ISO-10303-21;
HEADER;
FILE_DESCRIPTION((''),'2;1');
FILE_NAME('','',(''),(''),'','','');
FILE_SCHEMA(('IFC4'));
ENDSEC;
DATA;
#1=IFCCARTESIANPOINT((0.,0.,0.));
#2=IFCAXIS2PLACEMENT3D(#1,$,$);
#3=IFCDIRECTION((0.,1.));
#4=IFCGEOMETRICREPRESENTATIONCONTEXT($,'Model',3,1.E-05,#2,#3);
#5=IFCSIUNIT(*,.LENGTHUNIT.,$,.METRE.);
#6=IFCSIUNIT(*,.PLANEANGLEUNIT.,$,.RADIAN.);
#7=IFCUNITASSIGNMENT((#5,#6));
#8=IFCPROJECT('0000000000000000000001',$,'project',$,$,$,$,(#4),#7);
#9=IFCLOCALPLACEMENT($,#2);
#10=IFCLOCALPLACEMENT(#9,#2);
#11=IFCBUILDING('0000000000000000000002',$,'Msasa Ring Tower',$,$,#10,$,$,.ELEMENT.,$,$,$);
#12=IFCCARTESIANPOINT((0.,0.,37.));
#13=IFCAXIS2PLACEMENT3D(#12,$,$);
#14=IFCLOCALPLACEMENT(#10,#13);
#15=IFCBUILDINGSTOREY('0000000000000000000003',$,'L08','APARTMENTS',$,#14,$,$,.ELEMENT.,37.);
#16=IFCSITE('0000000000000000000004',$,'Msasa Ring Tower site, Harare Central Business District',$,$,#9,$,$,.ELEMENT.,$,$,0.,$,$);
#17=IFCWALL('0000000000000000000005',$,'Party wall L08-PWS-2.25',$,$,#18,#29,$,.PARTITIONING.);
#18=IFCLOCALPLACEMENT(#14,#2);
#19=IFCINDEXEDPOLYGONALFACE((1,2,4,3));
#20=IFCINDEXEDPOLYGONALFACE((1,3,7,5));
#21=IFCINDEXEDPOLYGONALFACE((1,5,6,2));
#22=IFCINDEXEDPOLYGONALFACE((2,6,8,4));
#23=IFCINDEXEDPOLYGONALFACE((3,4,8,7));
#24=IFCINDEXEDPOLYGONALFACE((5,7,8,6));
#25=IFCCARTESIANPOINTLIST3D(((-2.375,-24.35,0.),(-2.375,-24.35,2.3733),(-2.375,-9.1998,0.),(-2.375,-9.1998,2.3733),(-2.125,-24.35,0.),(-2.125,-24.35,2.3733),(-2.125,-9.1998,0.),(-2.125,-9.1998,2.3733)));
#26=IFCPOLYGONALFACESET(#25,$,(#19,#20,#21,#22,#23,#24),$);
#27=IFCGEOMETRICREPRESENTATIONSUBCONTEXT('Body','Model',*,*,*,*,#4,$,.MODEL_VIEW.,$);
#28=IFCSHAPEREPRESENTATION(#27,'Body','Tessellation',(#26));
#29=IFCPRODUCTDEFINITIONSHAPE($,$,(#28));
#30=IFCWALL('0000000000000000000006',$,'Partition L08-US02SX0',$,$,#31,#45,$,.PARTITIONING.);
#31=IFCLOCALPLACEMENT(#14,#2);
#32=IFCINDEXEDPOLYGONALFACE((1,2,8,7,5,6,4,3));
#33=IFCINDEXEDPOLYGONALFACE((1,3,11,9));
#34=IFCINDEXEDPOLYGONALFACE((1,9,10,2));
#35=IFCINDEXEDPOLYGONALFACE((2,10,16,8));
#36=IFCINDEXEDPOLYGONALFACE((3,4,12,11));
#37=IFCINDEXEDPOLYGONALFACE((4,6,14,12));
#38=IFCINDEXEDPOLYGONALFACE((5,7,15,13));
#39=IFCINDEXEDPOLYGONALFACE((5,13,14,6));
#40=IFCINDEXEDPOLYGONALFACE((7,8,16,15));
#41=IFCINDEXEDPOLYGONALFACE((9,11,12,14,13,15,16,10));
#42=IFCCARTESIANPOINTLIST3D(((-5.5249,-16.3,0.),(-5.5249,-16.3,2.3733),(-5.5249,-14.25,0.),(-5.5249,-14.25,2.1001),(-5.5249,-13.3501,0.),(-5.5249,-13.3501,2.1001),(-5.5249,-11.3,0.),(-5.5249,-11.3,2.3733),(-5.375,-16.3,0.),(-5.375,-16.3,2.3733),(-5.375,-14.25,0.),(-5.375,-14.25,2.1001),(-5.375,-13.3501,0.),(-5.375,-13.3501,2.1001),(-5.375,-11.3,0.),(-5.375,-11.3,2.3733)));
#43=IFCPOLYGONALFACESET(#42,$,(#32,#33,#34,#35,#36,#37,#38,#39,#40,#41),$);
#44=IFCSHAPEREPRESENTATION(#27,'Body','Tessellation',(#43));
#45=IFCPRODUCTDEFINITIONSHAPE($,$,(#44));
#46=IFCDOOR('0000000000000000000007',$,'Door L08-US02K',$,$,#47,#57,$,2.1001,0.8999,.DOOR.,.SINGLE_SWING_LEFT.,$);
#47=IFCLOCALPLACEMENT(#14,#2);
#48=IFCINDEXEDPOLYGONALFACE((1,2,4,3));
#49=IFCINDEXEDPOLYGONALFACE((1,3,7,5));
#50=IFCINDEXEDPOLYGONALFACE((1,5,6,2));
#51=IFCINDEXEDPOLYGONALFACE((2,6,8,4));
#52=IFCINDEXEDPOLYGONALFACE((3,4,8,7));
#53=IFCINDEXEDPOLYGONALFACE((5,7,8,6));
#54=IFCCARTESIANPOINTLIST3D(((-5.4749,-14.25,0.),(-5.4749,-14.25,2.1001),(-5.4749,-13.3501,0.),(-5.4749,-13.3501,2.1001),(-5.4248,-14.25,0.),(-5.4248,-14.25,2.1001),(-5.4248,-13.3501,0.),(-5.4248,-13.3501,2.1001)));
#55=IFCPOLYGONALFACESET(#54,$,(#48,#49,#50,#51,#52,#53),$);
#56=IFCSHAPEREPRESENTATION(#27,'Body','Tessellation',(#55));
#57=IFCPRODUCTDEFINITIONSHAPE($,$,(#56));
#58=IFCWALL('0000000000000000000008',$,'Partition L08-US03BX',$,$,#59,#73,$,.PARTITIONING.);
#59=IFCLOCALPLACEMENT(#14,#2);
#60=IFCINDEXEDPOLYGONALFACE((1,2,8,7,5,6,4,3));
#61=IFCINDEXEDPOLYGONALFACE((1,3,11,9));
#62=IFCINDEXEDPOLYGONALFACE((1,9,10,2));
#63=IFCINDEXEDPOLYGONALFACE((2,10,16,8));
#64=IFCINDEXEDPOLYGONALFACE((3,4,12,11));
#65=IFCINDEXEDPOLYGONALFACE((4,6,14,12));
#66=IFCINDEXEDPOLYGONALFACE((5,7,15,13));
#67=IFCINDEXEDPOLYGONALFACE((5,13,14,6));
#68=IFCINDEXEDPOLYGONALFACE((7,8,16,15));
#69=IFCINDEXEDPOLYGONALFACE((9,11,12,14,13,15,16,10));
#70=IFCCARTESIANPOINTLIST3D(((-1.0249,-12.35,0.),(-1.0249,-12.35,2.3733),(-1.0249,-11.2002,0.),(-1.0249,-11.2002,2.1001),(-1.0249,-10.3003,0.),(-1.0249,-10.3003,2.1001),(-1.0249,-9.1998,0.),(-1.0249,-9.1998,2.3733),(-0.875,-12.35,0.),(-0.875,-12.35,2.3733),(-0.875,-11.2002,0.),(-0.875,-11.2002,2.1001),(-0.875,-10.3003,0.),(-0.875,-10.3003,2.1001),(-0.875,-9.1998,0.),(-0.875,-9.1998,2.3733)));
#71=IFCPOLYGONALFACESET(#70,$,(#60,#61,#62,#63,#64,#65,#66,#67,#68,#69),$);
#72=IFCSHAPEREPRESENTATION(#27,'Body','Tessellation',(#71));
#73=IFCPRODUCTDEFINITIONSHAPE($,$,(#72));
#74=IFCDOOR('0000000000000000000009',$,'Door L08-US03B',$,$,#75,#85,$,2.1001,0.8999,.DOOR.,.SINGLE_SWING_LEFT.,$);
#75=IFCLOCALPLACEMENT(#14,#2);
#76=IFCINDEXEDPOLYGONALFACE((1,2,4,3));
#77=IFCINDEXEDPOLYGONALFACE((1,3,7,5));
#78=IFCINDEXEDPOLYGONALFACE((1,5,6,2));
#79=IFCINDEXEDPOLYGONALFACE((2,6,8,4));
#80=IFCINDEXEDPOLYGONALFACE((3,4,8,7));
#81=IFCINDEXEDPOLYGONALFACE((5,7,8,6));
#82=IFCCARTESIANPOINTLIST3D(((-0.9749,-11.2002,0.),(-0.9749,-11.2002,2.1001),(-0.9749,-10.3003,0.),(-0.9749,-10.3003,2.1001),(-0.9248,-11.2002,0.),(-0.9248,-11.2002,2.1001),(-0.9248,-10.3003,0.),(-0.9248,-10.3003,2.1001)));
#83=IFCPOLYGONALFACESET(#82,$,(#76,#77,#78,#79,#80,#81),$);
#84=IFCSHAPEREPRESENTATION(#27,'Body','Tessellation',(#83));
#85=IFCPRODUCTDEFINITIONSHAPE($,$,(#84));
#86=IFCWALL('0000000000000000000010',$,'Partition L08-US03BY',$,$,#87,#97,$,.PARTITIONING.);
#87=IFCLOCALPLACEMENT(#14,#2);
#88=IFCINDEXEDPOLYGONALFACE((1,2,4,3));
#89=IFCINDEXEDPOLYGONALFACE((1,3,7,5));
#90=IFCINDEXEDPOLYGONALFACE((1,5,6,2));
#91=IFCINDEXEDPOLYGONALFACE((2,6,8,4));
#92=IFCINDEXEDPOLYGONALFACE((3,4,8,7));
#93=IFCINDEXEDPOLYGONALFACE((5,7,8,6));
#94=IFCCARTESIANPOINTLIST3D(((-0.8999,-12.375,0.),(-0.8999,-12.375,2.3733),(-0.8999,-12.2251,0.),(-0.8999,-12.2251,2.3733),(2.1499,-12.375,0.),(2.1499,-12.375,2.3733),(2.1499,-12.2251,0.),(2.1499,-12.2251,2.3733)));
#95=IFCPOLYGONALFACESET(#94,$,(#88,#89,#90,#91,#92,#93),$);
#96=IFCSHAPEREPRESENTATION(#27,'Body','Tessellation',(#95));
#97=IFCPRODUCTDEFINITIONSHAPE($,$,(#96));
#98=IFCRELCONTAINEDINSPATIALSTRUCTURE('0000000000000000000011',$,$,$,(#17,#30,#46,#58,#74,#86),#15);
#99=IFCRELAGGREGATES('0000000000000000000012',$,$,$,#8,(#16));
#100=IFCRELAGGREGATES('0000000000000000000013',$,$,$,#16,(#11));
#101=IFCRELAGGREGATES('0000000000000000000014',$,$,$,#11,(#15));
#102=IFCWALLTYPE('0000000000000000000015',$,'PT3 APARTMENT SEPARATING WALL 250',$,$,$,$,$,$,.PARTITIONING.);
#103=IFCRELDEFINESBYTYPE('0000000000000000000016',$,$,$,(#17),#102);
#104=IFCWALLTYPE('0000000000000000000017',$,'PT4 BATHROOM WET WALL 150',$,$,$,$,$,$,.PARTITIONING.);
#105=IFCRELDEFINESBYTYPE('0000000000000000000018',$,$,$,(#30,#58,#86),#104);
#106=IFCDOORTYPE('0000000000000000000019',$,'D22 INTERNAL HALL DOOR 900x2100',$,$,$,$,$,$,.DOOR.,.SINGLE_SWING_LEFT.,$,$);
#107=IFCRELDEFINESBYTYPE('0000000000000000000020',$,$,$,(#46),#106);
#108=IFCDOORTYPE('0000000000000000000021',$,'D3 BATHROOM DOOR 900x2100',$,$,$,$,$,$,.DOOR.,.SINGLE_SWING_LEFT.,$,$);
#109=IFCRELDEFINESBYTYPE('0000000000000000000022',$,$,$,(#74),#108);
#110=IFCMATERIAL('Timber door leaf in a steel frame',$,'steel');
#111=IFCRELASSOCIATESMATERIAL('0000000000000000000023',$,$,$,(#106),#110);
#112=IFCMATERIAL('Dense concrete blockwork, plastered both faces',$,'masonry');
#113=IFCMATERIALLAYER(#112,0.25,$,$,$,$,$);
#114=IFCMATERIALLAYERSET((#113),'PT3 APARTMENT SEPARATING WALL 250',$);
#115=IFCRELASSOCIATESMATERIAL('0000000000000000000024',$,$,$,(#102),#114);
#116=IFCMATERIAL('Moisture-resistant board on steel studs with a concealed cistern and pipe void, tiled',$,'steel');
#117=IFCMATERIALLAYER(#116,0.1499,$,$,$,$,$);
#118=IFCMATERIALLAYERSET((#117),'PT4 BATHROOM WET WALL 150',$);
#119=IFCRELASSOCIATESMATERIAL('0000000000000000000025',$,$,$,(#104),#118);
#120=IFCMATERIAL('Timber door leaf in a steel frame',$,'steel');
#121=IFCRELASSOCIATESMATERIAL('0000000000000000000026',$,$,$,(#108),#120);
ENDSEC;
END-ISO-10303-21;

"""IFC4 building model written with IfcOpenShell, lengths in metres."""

from ifc_helpers import new_model, si_unit, direction, frame, frame_2d, origin, place, context, subcontext, project, spatial, rectangle, extrude, material, layer, layer_set, type_object, element, fill, save


model = new_model("IFC4")

# Units and contexts
model_context = context("Model", 3, precision=1e-05, world=origin(), true_north=direction((0.0, 1.0)))
body_context = subcontext(model_context, "Body", "Model", "MODEL_VIEW")
ifc_project = project(units=[si_unit("LENGTHUNIT", "METRE"), si_unit("PLANEANGLEUNIT", "RADIAN")], contexts=[model_context])

# Site, building, storey
site_placement = place(None, origin())
site = spatial("IfcSite", under=ifc_project, at=site_placement, Name="Msasa Ring Tower site, Harare Central Business District", CompositionType="ELEMENT", RefElevation=0.0)
building_placement = place(site_placement, origin())
building = spatial("IfcBuilding", under=site, at=building_placement, Name="Msasa Ring Tower", CompositionType="ELEMENT")
storey_placement = place(building_placement, frame((0.0, 0.0, 37.0)))
storey = spatial("IfcBuildingStorey", under=building, at=storey_placement, Name="L08", Description="APARTMENTS", CompositionType="ELEMENT", Elevation=37.0)

# Shared definitions
ifc_material_1 = material(Name="Timber door leaf in a steel frame", Category="steel")
door_type_1 = type_object("IfcDoorType", Name="D22 INTERNAL HALL DOOR 900x2100", OperationType="SINGLE_SWING_LEFT", PredefinedType="DOOR", material=ifc_material_1)

# Wall
ifc_material_2 = material(Name="Dense concrete blockwork, plastered both faces", Category="masonry")
ifc_layer_1 = layer(ifc_material_2, 0.25)
ifc_layer_set_1 = layer_set([ifc_layer_1], Name="PT3 APARTMENT SEPARATING WALL 250")
wall_type_1 = type_object("IfcWallType", Name="PT3 APARTMENT SEPARATING WALL 250", PredefinedType="PARTITIONING", material=ifc_layer_set_1)
wall_1_placement = place(storey_placement, frame((-2.25, -24.3501, 0.0), z_axis=(0.0, 0.0, 1.0), x_axis=(0.0, 1.0, 0.0)))
element("IfcWall", 1, at=wall_1_placement, inside=storey, type_object=wall_type_1, Name="Party wall L08-PWS-2.25", PredefinedType="PARTITIONING", context=body_context, shape_type="SweptSolid", body=[
    extrude(rectangle(XDim=15.1501, YDim=0.25, at=frame_2d((7.5752, 0.0))), origin(), (0.0, 0.0, 1.0), 2.3733),
])

# Walls, openings, doors
ifc_material_3 = material(Name="Moisture-resistant board on steel studs with a concealed cistern and pipe void, tiled", Category="steel")
ifc_layer_2 = layer(ifc_material_3, 0.1499)
ifc_layer_set_2 = layer_set([ifc_layer_2], Name="PT4 BATHROOM WET WALL 150")
wall_type_2 = type_object("IfcWallType", Name="PT4 BATHROOM WET WALL 150", PredefinedType="PARTITIONING", material=ifc_layer_set_2)
wall_2_placement = place(storey_placement, frame((-5.45, -16.3, 0.0), z_axis=(0.0, 0.0, 1.0), x_axis=(0.0, 1.0, 0.0)))
wall_2 = element("IfcWall", 2, at=wall_2_placement, inside=storey, type_object=wall_type_2, Name="Partition L08-US02SX0", PredefinedType="PARTITIONING", context=body_context, shape_type="SweptSolid", body=[
    extrude(rectangle(XDim=5.0, YDim=0.1499, at=frame_2d((2.5, 0.0))), origin(), (0.0, 0.0, 1.0), 2.3733),
])
opening_1_placement = place(wall_2_placement, frame((2.05, 0.0, 0.0)))
opening_1 = element("IfcOpeningElement", 3, at=opening_1_placement, cuts=wall_2, PredefinedType="OPENING", context=body_context, shape_type="SweptSolid", body=[
    extrude(rectangle(XDim=0.8999, YDim=2.1001, at=frame_2d((0.45, 1.05))), frame((0.0, 0.085, 0.0), z_axis=(0.0, -1.0, 0.0), x_axis=(1.0, 0.0, 0.0)), (0.0, 0.0, 1.0), 0.1699),
])
door_1_placement = place(opening_1_placement, origin())
door_1 = element("IfcDoor", 4, at=door_1_placement, inside=storey, type_object=door_type_1, Name="Door L08-US02K", OperationType="SINGLE_SWING_LEFT", OverallHeight=2.1001, OverallWidth=0.8999, PredefinedType="DOOR", context=body_context, shape_type="SweptSolid", body=[
    extrude(rectangle(XDim=0.8999, YDim=2.1001, at=frame_2d((0.45, 1.05))), frame((0.0, 0.0249, 0.0), z_axis=(0.0, -1.0, 0.0), x_axis=(1.0, 0.0, 0.0)), (0.0, 0.0, 1.0), 0.05),
])
fill(opening_1, door_1)
wall_3_placement = place(storey_placement, frame((-0.95, -12.3501, 0.0), z_axis=(0.0, 0.0, 1.0), x_axis=(0.0, 1.0, 0.0)))
wall_3 = element("IfcWall", 5, at=wall_3_placement, inside=storey, type_object=wall_type_2, Name="Partition L08-US03BX", PredefinedType="PARTITIONING", context=body_context, shape_type="SweptSolid", body=[
    extrude(rectangle(XDim=3.1501, YDim=0.1499, at=frame_2d((1.5752, 0.0))), origin(), (0.0, 0.0, 1.0), 2.3733),
])
opening_2_placement = place(wall_3_placement, frame((1.1499, 0.0, 0.0)))
opening_2 = element("IfcOpeningElement", 6, at=opening_2_placement, cuts=wall_3, PredefinedType="OPENING", context=body_context, shape_type="SweptSolid", body=[
    extrude(rectangle(XDim=0.8999, YDim=2.1001, at=frame_2d((0.45, 1.05))), frame((0.0, 0.085, 0.0), z_axis=(0.0, -1.0, 0.0), x_axis=(1.0, 0.0, 0.0)), (0.0, 0.0, 1.0), 0.1699),
])
ifc_material_4 = material(Name="Timber door leaf in a steel frame", Category="steel")
door_type_2 = type_object("IfcDoorType", Name="D3 BATHROOM DOOR 900x2100", OperationType="SINGLE_SWING_LEFT", PredefinedType="DOOR", material=ifc_material_4)
door_2_placement = place(opening_2_placement, origin())
door_2 = element("IfcDoor", 7, at=door_2_placement, inside=storey, type_object=door_type_2, Name="Door L08-US03B", OperationType="SINGLE_SWING_LEFT", OverallHeight=2.1001, OverallWidth=0.8999, PredefinedType="DOOR", context=body_context, shape_type="SweptSolid", body=[
    extrude(rectangle(XDim=0.8999, YDim=2.1001, at=frame_2d((0.45, 1.05))), frame((0.0, 0.0249, 0.0), z_axis=(0.0, -1.0, 0.0), x_axis=(1.0, 0.0, 0.0)), (0.0, 0.0, 1.0), 0.05),
])
fill(opening_2, door_2)

# Wall
wall_4_placement = place(storey_placement, frame((-0.8999, -12.3, 0.0), z_axis=(0.0, 0.0, 1.0), x_axis=(1.0, 0.0, 0.0)))
element("IfcWall", 8, at=wall_4_placement, inside=storey, type_object=wall_type_2, Name="Partition L08-US03BY", PredefinedType="PARTITIONING", context=body_context, shape_type="SweptSolid", body=[
    extrude(rectangle(XDim=3.0498, YDim=0.1499, at=frame_2d((1.5249, 0.0))), origin(), (0.0, 0.0, 1.0), 2.3733),
])

save(model, "model.ifc")
